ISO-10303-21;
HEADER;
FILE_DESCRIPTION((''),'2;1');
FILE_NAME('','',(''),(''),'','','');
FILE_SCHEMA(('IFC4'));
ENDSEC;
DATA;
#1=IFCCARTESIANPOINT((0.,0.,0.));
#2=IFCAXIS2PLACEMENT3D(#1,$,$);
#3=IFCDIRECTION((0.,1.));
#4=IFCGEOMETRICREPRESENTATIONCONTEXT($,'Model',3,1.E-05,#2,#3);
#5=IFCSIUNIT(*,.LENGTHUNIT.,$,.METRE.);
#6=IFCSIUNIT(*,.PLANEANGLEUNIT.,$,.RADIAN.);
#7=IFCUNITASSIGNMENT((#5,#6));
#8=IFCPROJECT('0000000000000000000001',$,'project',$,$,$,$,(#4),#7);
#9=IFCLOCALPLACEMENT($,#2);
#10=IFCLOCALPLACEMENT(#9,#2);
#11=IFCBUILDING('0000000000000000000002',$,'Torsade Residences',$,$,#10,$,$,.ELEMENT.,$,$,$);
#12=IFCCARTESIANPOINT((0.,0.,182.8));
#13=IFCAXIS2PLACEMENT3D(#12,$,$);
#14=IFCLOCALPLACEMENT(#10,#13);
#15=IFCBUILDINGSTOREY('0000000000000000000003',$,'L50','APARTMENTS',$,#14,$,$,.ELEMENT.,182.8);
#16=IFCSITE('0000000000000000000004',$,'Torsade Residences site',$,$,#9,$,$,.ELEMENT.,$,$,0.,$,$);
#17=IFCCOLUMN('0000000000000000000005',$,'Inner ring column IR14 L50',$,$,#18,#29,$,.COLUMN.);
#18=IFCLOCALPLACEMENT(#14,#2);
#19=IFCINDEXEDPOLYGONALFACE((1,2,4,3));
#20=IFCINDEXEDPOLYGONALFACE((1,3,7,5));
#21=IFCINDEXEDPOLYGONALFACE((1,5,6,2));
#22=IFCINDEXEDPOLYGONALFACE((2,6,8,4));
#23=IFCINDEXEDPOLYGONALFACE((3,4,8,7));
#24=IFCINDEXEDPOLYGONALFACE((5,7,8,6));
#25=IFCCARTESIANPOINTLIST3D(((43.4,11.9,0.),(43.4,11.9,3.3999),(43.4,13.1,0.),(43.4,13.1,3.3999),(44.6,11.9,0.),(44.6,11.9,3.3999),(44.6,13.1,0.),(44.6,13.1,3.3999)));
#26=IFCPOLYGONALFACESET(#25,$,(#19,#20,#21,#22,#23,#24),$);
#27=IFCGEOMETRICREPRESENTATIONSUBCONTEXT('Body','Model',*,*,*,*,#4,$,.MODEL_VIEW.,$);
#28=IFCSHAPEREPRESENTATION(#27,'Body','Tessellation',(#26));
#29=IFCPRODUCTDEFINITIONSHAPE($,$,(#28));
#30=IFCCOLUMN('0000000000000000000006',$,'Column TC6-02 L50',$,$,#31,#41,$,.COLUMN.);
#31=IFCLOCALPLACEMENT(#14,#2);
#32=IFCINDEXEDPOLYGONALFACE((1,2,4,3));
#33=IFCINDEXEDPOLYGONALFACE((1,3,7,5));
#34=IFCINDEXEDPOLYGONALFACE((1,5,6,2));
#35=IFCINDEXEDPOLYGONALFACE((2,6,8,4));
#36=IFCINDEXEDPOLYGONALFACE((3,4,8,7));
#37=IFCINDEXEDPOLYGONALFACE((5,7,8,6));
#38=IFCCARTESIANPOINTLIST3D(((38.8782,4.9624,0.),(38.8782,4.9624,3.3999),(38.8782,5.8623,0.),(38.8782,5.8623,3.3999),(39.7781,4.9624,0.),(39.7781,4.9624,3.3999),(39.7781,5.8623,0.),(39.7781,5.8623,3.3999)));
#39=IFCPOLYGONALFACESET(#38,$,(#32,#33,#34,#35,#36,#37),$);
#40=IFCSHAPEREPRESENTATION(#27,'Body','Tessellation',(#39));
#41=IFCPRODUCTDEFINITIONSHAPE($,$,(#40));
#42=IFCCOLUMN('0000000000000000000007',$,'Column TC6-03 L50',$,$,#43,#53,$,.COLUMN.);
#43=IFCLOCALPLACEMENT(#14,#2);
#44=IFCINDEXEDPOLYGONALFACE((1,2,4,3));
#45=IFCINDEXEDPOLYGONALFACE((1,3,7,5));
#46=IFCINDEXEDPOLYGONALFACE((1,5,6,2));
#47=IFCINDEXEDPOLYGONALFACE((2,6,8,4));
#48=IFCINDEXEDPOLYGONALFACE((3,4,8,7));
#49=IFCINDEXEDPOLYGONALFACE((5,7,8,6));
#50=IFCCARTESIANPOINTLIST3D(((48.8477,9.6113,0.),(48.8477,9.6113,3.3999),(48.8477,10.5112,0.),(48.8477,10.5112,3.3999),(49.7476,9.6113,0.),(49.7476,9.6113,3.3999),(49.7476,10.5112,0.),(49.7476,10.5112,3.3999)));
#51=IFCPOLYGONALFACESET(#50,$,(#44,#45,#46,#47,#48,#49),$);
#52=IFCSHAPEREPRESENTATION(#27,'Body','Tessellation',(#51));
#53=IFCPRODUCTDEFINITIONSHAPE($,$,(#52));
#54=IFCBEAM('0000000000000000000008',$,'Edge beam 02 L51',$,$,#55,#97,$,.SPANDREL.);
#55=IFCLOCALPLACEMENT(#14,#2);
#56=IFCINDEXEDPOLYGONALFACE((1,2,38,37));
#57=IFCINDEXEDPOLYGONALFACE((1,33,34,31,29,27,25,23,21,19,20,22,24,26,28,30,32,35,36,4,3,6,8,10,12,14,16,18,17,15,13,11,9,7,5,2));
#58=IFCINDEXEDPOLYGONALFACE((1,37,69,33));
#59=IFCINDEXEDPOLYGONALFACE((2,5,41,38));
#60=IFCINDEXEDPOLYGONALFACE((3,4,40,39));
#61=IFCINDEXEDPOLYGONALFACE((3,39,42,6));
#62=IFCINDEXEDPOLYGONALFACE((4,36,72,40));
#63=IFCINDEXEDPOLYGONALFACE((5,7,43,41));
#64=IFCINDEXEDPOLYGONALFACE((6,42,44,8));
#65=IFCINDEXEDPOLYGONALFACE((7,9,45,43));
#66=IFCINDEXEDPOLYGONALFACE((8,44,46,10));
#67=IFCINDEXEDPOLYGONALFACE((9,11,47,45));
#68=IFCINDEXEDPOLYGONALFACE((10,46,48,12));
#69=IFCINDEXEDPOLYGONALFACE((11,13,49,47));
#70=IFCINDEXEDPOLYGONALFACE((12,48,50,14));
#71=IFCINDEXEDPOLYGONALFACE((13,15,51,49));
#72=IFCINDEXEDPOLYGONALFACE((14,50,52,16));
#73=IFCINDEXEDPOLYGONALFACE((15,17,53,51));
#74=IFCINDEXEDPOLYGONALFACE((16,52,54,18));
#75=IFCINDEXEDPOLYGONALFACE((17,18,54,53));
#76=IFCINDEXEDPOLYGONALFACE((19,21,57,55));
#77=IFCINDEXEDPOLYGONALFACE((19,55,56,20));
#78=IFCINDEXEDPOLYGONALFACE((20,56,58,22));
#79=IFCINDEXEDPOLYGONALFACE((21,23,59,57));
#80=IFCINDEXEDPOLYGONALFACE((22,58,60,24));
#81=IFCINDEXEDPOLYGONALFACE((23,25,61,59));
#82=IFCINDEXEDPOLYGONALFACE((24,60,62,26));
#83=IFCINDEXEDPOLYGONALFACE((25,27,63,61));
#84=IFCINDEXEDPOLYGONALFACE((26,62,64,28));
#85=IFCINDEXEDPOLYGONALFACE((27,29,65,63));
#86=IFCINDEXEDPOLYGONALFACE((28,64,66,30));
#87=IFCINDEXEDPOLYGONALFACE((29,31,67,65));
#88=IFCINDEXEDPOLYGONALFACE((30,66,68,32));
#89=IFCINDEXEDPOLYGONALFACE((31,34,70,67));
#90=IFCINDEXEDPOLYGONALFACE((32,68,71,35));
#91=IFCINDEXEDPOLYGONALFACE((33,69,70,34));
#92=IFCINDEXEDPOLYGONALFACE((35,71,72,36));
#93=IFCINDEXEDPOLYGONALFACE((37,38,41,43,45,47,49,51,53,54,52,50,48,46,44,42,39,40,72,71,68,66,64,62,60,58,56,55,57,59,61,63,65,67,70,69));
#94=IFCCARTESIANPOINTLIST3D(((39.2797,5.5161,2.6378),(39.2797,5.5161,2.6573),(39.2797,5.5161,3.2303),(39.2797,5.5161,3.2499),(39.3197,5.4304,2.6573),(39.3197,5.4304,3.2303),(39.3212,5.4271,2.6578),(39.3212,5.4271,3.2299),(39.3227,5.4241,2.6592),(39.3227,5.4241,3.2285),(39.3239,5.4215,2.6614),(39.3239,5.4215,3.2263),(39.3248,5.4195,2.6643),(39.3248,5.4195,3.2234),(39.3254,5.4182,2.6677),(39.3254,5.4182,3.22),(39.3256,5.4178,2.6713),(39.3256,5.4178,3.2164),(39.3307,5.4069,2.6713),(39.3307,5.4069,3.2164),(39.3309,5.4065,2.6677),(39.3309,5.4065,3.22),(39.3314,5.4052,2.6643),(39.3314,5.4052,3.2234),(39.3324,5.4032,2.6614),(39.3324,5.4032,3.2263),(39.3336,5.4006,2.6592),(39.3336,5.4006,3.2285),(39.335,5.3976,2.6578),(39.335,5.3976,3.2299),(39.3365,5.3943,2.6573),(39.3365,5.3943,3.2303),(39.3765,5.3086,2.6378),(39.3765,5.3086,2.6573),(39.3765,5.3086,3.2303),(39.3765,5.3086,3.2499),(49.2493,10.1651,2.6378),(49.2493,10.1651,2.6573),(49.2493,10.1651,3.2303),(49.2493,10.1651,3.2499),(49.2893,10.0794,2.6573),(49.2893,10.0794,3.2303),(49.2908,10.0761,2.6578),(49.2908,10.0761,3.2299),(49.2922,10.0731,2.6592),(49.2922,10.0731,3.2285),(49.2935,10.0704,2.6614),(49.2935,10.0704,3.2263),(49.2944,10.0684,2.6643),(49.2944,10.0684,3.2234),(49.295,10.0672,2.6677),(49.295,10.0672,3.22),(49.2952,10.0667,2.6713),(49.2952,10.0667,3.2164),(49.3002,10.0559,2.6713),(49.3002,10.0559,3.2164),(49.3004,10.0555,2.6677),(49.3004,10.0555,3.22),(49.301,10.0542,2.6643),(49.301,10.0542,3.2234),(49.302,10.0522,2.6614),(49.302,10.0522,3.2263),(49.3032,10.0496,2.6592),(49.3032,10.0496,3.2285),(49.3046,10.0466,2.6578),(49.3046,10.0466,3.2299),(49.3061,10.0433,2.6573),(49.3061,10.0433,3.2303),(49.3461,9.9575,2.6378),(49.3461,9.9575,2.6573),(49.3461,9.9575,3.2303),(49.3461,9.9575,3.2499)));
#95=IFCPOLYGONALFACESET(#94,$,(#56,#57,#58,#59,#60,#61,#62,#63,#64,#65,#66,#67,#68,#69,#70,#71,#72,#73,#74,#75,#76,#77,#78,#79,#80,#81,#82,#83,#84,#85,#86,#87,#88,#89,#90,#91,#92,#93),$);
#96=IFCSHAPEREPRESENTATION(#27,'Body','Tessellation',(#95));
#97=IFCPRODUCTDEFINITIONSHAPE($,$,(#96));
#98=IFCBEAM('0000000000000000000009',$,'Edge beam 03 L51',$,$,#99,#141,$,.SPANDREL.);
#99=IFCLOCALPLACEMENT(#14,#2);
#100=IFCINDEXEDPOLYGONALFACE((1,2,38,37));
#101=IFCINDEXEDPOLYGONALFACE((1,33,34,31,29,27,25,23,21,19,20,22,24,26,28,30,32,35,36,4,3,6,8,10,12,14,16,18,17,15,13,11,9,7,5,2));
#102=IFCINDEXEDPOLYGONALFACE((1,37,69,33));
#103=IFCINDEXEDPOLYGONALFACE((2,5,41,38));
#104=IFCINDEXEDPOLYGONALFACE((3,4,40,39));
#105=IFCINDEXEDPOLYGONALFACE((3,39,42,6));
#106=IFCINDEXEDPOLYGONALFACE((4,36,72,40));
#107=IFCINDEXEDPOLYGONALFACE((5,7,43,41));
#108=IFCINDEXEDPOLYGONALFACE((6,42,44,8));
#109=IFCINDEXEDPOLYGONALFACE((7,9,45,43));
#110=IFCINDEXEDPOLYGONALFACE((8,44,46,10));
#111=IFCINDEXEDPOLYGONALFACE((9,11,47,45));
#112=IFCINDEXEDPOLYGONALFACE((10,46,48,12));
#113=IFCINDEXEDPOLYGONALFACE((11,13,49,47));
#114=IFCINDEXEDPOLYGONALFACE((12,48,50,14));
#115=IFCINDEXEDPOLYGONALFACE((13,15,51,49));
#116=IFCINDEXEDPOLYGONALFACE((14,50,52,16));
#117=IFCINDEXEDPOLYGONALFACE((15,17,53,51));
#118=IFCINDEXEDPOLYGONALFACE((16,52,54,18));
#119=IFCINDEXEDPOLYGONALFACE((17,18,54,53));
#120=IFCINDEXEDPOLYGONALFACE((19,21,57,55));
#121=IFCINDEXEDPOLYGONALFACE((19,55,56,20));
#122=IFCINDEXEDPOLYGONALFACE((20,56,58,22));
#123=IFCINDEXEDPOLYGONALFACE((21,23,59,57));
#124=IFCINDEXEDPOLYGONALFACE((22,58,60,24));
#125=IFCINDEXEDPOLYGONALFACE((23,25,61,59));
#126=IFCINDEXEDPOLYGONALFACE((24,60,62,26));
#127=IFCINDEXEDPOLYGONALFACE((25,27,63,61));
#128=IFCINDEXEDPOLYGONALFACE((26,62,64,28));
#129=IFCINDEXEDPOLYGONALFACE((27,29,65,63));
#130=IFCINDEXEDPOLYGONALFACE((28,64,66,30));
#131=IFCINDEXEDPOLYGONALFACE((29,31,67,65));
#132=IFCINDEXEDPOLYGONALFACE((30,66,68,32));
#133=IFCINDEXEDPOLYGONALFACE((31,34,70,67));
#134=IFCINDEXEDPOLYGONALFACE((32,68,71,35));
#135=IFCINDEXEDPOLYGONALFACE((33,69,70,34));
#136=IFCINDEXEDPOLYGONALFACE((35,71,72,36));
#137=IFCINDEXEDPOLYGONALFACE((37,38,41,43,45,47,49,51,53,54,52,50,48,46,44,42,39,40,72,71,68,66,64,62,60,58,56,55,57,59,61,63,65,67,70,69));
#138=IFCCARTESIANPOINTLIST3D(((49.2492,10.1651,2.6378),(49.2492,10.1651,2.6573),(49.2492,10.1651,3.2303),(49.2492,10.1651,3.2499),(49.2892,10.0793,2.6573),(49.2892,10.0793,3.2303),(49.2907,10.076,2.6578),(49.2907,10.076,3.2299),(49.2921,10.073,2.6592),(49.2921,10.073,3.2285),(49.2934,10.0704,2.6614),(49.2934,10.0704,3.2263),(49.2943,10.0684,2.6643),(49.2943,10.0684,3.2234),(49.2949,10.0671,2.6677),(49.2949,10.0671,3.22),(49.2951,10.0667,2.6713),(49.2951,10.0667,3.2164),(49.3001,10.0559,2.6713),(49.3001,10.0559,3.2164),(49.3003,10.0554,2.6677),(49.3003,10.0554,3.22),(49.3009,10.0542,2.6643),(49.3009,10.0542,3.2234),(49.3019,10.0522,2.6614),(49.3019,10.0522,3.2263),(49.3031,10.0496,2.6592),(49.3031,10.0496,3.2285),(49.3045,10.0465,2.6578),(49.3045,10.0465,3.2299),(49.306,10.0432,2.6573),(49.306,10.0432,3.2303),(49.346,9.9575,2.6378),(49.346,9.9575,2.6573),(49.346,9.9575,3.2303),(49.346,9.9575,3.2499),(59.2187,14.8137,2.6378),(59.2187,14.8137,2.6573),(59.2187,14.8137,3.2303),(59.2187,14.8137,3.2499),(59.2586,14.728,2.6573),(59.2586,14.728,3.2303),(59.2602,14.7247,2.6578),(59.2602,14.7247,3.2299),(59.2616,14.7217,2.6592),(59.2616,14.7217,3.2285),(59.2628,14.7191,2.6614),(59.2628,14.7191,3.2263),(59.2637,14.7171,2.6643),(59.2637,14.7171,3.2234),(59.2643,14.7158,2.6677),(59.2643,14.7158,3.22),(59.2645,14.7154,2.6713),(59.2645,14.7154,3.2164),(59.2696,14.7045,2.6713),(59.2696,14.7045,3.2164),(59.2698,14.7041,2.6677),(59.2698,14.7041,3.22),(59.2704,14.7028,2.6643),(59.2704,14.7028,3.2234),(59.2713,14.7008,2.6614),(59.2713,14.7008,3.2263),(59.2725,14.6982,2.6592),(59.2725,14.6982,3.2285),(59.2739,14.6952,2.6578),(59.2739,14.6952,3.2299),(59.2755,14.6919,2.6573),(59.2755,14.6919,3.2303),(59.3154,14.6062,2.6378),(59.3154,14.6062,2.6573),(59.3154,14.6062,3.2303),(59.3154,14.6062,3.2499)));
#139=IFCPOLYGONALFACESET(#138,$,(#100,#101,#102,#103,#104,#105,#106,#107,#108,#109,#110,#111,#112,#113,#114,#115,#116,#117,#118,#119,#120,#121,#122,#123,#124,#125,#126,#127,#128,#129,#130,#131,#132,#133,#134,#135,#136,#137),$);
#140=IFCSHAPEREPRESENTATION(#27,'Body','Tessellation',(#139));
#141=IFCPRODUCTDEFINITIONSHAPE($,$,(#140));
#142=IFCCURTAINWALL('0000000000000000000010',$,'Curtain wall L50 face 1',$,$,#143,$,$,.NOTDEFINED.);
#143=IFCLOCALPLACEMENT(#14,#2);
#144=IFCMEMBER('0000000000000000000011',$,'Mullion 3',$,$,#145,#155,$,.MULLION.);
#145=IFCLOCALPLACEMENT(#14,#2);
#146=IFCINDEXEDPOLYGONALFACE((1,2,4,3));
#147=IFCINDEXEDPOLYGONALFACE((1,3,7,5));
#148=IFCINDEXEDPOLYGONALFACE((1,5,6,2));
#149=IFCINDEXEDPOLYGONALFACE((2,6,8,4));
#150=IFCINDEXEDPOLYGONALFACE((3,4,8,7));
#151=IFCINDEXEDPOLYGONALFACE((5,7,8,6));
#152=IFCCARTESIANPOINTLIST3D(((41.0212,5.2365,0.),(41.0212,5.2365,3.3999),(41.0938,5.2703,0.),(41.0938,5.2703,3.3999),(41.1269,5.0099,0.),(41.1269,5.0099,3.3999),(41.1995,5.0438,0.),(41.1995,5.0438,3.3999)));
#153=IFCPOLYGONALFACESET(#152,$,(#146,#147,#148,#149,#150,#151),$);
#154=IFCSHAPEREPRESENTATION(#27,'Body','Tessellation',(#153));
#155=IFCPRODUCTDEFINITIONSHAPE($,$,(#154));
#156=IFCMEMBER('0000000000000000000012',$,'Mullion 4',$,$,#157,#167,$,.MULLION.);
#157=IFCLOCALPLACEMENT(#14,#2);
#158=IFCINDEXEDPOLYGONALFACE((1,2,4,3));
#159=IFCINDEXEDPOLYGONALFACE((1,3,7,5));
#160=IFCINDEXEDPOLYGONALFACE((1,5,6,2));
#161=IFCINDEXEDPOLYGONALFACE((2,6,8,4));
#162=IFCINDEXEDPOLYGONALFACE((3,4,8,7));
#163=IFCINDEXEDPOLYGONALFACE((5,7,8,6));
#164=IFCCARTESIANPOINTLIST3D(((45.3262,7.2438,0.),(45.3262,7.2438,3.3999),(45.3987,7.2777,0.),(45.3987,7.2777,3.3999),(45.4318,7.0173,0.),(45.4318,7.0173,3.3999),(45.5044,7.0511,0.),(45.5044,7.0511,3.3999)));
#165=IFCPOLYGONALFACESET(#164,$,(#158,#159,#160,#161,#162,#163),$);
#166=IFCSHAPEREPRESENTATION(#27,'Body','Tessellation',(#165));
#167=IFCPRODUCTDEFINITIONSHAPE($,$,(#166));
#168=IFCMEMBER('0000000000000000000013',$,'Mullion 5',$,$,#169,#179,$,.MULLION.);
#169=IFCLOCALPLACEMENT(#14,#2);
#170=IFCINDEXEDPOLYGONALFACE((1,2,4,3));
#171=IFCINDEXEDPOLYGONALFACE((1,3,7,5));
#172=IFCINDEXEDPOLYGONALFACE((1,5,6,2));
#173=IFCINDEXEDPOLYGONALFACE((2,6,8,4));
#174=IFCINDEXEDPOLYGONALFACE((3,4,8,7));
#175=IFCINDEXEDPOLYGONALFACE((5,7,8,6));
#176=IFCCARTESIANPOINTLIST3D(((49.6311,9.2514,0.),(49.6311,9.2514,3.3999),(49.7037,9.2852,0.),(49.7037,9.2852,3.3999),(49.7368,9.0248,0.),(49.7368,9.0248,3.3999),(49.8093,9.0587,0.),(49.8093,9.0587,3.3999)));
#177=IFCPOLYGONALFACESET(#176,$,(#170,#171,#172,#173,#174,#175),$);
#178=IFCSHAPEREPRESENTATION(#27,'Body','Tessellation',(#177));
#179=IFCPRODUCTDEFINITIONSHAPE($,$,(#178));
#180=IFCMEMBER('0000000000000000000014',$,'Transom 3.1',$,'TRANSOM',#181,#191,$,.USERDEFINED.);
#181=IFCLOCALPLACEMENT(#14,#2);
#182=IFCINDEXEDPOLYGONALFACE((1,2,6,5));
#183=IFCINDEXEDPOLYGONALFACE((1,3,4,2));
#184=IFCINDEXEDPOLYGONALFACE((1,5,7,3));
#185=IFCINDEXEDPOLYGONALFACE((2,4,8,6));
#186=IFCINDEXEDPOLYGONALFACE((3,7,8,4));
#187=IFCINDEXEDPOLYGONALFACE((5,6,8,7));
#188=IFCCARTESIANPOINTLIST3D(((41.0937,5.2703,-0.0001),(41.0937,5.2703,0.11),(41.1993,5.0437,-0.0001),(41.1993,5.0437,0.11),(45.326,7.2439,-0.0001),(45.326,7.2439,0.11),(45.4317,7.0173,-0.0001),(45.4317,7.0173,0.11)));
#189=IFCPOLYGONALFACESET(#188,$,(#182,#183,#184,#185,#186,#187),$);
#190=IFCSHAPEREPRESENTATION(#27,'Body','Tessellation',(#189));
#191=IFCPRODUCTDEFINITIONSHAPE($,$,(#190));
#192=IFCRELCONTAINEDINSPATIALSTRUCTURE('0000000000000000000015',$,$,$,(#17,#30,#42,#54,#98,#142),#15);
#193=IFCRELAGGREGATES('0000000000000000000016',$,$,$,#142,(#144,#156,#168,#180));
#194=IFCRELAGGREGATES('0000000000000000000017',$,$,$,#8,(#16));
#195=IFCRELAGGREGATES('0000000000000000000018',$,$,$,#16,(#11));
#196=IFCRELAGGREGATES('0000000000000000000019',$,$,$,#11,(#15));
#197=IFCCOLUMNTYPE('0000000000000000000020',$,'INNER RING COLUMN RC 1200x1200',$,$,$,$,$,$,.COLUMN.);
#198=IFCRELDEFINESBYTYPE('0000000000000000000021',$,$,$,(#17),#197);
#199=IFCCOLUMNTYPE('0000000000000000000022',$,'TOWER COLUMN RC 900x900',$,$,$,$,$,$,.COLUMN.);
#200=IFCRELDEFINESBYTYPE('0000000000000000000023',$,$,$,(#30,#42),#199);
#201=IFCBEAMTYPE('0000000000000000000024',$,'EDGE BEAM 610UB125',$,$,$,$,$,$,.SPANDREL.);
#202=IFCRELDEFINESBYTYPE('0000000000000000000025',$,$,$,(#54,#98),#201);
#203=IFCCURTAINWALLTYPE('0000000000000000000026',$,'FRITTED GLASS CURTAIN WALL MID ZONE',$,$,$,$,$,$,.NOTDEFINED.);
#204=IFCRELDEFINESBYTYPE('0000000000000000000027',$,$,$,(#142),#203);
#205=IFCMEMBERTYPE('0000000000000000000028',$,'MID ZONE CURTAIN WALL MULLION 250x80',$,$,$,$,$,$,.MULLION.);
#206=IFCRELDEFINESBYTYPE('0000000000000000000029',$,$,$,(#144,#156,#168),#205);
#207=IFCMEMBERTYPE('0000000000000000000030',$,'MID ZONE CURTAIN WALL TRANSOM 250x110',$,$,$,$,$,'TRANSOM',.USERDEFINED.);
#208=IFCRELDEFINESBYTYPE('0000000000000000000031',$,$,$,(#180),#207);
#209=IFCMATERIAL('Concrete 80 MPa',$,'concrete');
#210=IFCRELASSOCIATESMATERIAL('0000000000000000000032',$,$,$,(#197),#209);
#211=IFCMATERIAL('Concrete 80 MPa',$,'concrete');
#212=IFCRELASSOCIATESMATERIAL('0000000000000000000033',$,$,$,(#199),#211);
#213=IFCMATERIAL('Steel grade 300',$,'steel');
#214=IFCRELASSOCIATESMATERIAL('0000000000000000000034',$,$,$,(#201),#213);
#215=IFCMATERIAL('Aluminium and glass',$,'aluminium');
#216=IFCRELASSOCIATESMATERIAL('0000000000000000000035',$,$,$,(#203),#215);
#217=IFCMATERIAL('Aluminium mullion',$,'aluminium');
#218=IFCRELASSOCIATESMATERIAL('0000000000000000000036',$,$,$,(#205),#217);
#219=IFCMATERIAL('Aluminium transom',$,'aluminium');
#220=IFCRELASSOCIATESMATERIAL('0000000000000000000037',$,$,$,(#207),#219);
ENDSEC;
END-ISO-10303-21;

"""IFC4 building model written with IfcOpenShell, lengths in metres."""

from ifc_helpers import new_model, si_unit, direction, frame, origin, origin_2d, place, context, subcontext, project, spatial, rectangle, i_section, extrude, material, material_profile, profile_set, type_object, element, aggregate, save


model = new_model("IFC4")

# Units and contexts
model_context = context("Model", 3, precision=1e-05, world=origin(), true_north=direction((0.0, 1.0)))
body_context = subcontext(model_context, "Body", "Model", "MODEL_VIEW")
ifc_project = project(units=[si_unit("LENGTHUNIT", "METRE"), si_unit("PLANEANGLEUNIT", "RADIAN")], contexts=[model_context])

# Site, building, storey
site_placement = place(None, origin())
site = spatial("IfcSite", under=ifc_project, at=site_placement, Name="Torsade Residences site", CompositionType="ELEMENT", RefElevation=0.0)
building_placement = place(site_placement, origin())
building = spatial("IfcBuilding", under=site, at=building_placement, Name="Torsade Residences", CompositionType="ELEMENT")
storey_placement = place(building_placement, frame((0.0, 0.0, 182.8)))
storey = spatial("IfcBuildingStorey", under=building, at=storey_placement, Name="L50", Description="APARTMENTS", CompositionType="ELEMENT", Elevation=182.8)

# Columns
ifc_material_1 = material(Name="Concrete 80 MPa", Category="concrete")
ifc_material_profile_1 = material_profile(ifc_material_1, rectangle(XDim=1.2, YDim=1.2, at=origin_2d()), Name="RC 1200x1200")
ifc_profile_set_1 = profile_set([ifc_material_profile_1], Name="Concrete 80 MPa")
column_type_1 = type_object("IfcColumnType", Name="INNER RING COLUMN RC 1200x1200", PredefinedType="COLUMN", material=ifc_profile_set_1)
column_placement = place(storey_placement, frame((44.0, 12.5, 0.0), z_axis=(0.0, 0.0, 1.0), x_axis=(1.0, 0.0, 0.0)))
element("IfcColumn", 1, at=column_placement, inside=storey, type_object=column_type_1, Name="Inner ring column IR14 L50", PredefinedType="COLUMN", context=body_context, shape_type="SweptSolid", body=[
    extrude(rectangle(XDim=1.2, YDim=1.2, at=origin_2d()), origin(), (0.0, 0.0, 1.0), 3.3999),
])
ifc_material_2 = material(Name="Concrete 80 MPa", Category="concrete")
ifc_material_profile_2 = material_profile(ifc_material_2, rectangle(XDim=0.8999, YDim=0.8999, at=origin_2d()), Name="RC 900x900")
ifc_profile_set_2 = profile_set([ifc_material_profile_2], Name="Concrete 80 MPa")
column_type_2 = type_object("IfcColumnType", Name="TOWER COLUMN RC 900x900", PredefinedType="COLUMN", material=ifc_profile_set_2)
for number, where, z_axis, x_axis, name in (
    (2, (39.3281, 5.4124, 0.0), (0.0, 0.0, 1.0), (1.0, 0.0, 0.0), "Column TC6-02 L50"),
    (3, (49.2976, 10.0613, 0.0), (0.0, 0.0, 1.0), (1.0, 0.0, 0.0), "Column TC6-03 L50"),
):
    element("IfcColumn", number, at=place(storey_placement, frame(where, z_axis=z_axis, x_axis=x_axis)), inside=storey, type_object=column_type_2, Name=name, PredefinedType="COLUMN", context=body_context, shape_type="SweptSolid", body=[
        extrude(rectangle(XDim=0.8999, YDim=0.8999, at=origin_2d()), origin(), (0.0, 0.0, 1.0), 3.3999),
    ])

# Beams
ifc_material_3 = material(Name="Steel grade 300", Category="steel")
ifc_material_profile_3 = material_profile(ifc_material_3, i_section(OverallWidth=0.229, OverallDepth=0.6121, WebThickness=0.012, FlangeThickness=0.0195, FilletRadius=0.0139, at=origin_2d()), Name="610UB125")
ifc_profile_set_3 = profile_set([ifc_material_profile_3], Name="Steel grade 300")
beam_type_1 = type_object("IfcBeamType", Name="EDGE BEAM 610UB125", PredefinedType="SPANDREL", material=ifc_profile_set_3)
beam_1_placement = place(storey_placement, frame((39.3281, 5.4124, 2.9438), z_axis=(0.906305, 0.422624, 0.0), x_axis=(-0.422624, 0.906305, 0.0)))
element("IfcBeam", 4, at=beam_1_placement, inside=storey, type_object=beam_type_1, Name="Edge beam 02 L51", PredefinedType="SPANDREL", context=body_context, shape_type="SweptSolid", body=[
    extrude(i_section(OverallWidth=0.229, OverallDepth=0.6121, WebThickness=0.012, FlangeThickness=0.0195, FilletRadius=0.0139, at=origin_2d()), origin(), (0.0, 0.0, 1.0), 11.0002),
])
beam_2_placement = place(storey_placement, frame((49.2976, 10.0613, 2.9438), z_axis=(0.906314, 0.422606, 0.0), x_axis=(-0.422606, 0.906314, 0.0)))
element("IfcBeam", 5, at=beam_2_placement, inside=storey, type_object=beam_type_1, Name="Edge beam 03 L51", PredefinedType="SPANDREL", context=body_context, shape_type="SweptSolid", body=[
    extrude(i_section(OverallWidth=0.229, OverallDepth=0.6121, WebThickness=0.012, FlangeThickness=0.0195, FilletRadius=0.0139, at=origin_2d()), origin(), (0.0, 0.0, 1.0), 11.0),
])

# Curtain wall, members
ifc_material_4 = material(Name="Aluminium and glass", Category="aluminium")
curtain_wall_type = type_object("IfcCurtainWallType", Name="FRITTED GLASS CURTAIN WALL MID ZONE", PredefinedType="NOTDEFINED", material=ifc_material_4)
curtain_wall_placement = place(storey_placement, origin())
curtain_wall = element("IfcCurtainWall", 6, at=curtain_wall_placement, inside=storey, type_object=curtain_wall_type, Name="Curtain wall L50 face 1", PredefinedType="NOTDEFINED")
ifc_material_5 = material(Name="Aluminium mullion", Category="aluminium")
ifc_material_profile_4 = material_profile(ifc_material_5, rectangle(XDim=0.25, YDim=0.0801, at=origin_2d()), Name="MID ZONE CURTAIN WALL MULLION 250x80")
ifc_profile_set_4 = profile_set([ifc_material_profile_4], Name="Aluminium mullion")
member_type_1 = type_object("IfcMemberType", Name="MID ZONE CURTAIN WALL MULLION 250x80", PredefinedType="MULLION", material=ifc_profile_set_4)
member_1_placement = place(storey_placement, frame((41.1104, 5.1401, 0.0), z_axis=(0.0, 0.0, 1.0), x_axis=(-0.422618, 0.906308, 0.0)))
member_1 = element("IfcMember", 7, at=member_1_placement, type_object=member_type_1, Name="Mullion 3", PredefinedType="MULLION", context=body_context, shape_type="SweptSolid", body=[
    extrude(rectangle(XDim=0.25, YDim=0.0801, at=origin_2d()), origin(), (0.0, 0.0, 1.0), 3.3999),
])
member_2_placement = place(storey_placement, frame((45.4153, 7.1475, 0.0), z_axis=(0.0, 0.0, 1.0), x_axis=(-0.422618, 0.906308, 0.0)))
member_2 = element("IfcMember", 8, at=member_2_placement, type_object=member_type_1, Name="Mullion 4", PredefinedType="MULLION", context=body_context, shape_type="SweptSolid", body=[
    extrude(rectangle(XDim=0.25, YDim=0.0801, at=origin_2d()), origin(), (0.0, 0.0, 1.0), 3.3999),
])
member_3_placement = place(storey_placement, frame((49.7202, 9.155, 0.0), z_axis=(0.0, 0.0, 1.0), x_axis=(-0.422618, 0.906308, 0.0)))
member_3 = element("IfcMember", 9, at=member_3_placement, type_object=member_type_1, Name="Mullion 5", PredefinedType="MULLION", context=body_context, shape_type="SweptSolid", body=[
    extrude(rectangle(XDim=0.25, YDim=0.0801, at=origin_2d()), origin(), (0.0, 0.0, 1.0), 3.3999),
])
ifc_material_6 = material(Name="Aluminium transom", Category="aluminium")
ifc_material_profile_5 = material_profile(ifc_material_6, rectangle(XDim=0.25, YDim=0.1101, at=origin_2d()), Name="MID ZONE CURTAIN WALL TRANSOM 250x110")
ifc_profile_set_5 = profile_set([ifc_material_profile_5], Name="Aluminium transom")
member_type_2 = type_object("IfcMemberType", Name="MID ZONE CURTAIN WALL TRANSOM 250x110", ElementType="TRANSOM", PredefinedType="USERDEFINED", material=ifc_profile_set_5)
member_4_placement = place(storey_placement, frame((41.1465, 5.157, 0.0549), z_axis=(0.906306, 0.422622, 0.0), x_axis=(-0.422622, 0.906306, 0.0)))
member_4 = element("IfcMember", 10, at=member_4_placement, type_object=member_type_2, Name="Transom 3.1", ObjectType="TRANSOM", PredefinedType="USERDEFINED", context=body_context, shape_type="SweptSolid", body=[
    extrude(rectangle(XDim=0.25, YDim=0.1101, at=origin_2d()), origin(), (0.0, 0.0, 1.0), 4.6699),
])

aggregate(curtain_wall, [member_1, member_2, member_3, member_4])

save(model, "model.ifc")
